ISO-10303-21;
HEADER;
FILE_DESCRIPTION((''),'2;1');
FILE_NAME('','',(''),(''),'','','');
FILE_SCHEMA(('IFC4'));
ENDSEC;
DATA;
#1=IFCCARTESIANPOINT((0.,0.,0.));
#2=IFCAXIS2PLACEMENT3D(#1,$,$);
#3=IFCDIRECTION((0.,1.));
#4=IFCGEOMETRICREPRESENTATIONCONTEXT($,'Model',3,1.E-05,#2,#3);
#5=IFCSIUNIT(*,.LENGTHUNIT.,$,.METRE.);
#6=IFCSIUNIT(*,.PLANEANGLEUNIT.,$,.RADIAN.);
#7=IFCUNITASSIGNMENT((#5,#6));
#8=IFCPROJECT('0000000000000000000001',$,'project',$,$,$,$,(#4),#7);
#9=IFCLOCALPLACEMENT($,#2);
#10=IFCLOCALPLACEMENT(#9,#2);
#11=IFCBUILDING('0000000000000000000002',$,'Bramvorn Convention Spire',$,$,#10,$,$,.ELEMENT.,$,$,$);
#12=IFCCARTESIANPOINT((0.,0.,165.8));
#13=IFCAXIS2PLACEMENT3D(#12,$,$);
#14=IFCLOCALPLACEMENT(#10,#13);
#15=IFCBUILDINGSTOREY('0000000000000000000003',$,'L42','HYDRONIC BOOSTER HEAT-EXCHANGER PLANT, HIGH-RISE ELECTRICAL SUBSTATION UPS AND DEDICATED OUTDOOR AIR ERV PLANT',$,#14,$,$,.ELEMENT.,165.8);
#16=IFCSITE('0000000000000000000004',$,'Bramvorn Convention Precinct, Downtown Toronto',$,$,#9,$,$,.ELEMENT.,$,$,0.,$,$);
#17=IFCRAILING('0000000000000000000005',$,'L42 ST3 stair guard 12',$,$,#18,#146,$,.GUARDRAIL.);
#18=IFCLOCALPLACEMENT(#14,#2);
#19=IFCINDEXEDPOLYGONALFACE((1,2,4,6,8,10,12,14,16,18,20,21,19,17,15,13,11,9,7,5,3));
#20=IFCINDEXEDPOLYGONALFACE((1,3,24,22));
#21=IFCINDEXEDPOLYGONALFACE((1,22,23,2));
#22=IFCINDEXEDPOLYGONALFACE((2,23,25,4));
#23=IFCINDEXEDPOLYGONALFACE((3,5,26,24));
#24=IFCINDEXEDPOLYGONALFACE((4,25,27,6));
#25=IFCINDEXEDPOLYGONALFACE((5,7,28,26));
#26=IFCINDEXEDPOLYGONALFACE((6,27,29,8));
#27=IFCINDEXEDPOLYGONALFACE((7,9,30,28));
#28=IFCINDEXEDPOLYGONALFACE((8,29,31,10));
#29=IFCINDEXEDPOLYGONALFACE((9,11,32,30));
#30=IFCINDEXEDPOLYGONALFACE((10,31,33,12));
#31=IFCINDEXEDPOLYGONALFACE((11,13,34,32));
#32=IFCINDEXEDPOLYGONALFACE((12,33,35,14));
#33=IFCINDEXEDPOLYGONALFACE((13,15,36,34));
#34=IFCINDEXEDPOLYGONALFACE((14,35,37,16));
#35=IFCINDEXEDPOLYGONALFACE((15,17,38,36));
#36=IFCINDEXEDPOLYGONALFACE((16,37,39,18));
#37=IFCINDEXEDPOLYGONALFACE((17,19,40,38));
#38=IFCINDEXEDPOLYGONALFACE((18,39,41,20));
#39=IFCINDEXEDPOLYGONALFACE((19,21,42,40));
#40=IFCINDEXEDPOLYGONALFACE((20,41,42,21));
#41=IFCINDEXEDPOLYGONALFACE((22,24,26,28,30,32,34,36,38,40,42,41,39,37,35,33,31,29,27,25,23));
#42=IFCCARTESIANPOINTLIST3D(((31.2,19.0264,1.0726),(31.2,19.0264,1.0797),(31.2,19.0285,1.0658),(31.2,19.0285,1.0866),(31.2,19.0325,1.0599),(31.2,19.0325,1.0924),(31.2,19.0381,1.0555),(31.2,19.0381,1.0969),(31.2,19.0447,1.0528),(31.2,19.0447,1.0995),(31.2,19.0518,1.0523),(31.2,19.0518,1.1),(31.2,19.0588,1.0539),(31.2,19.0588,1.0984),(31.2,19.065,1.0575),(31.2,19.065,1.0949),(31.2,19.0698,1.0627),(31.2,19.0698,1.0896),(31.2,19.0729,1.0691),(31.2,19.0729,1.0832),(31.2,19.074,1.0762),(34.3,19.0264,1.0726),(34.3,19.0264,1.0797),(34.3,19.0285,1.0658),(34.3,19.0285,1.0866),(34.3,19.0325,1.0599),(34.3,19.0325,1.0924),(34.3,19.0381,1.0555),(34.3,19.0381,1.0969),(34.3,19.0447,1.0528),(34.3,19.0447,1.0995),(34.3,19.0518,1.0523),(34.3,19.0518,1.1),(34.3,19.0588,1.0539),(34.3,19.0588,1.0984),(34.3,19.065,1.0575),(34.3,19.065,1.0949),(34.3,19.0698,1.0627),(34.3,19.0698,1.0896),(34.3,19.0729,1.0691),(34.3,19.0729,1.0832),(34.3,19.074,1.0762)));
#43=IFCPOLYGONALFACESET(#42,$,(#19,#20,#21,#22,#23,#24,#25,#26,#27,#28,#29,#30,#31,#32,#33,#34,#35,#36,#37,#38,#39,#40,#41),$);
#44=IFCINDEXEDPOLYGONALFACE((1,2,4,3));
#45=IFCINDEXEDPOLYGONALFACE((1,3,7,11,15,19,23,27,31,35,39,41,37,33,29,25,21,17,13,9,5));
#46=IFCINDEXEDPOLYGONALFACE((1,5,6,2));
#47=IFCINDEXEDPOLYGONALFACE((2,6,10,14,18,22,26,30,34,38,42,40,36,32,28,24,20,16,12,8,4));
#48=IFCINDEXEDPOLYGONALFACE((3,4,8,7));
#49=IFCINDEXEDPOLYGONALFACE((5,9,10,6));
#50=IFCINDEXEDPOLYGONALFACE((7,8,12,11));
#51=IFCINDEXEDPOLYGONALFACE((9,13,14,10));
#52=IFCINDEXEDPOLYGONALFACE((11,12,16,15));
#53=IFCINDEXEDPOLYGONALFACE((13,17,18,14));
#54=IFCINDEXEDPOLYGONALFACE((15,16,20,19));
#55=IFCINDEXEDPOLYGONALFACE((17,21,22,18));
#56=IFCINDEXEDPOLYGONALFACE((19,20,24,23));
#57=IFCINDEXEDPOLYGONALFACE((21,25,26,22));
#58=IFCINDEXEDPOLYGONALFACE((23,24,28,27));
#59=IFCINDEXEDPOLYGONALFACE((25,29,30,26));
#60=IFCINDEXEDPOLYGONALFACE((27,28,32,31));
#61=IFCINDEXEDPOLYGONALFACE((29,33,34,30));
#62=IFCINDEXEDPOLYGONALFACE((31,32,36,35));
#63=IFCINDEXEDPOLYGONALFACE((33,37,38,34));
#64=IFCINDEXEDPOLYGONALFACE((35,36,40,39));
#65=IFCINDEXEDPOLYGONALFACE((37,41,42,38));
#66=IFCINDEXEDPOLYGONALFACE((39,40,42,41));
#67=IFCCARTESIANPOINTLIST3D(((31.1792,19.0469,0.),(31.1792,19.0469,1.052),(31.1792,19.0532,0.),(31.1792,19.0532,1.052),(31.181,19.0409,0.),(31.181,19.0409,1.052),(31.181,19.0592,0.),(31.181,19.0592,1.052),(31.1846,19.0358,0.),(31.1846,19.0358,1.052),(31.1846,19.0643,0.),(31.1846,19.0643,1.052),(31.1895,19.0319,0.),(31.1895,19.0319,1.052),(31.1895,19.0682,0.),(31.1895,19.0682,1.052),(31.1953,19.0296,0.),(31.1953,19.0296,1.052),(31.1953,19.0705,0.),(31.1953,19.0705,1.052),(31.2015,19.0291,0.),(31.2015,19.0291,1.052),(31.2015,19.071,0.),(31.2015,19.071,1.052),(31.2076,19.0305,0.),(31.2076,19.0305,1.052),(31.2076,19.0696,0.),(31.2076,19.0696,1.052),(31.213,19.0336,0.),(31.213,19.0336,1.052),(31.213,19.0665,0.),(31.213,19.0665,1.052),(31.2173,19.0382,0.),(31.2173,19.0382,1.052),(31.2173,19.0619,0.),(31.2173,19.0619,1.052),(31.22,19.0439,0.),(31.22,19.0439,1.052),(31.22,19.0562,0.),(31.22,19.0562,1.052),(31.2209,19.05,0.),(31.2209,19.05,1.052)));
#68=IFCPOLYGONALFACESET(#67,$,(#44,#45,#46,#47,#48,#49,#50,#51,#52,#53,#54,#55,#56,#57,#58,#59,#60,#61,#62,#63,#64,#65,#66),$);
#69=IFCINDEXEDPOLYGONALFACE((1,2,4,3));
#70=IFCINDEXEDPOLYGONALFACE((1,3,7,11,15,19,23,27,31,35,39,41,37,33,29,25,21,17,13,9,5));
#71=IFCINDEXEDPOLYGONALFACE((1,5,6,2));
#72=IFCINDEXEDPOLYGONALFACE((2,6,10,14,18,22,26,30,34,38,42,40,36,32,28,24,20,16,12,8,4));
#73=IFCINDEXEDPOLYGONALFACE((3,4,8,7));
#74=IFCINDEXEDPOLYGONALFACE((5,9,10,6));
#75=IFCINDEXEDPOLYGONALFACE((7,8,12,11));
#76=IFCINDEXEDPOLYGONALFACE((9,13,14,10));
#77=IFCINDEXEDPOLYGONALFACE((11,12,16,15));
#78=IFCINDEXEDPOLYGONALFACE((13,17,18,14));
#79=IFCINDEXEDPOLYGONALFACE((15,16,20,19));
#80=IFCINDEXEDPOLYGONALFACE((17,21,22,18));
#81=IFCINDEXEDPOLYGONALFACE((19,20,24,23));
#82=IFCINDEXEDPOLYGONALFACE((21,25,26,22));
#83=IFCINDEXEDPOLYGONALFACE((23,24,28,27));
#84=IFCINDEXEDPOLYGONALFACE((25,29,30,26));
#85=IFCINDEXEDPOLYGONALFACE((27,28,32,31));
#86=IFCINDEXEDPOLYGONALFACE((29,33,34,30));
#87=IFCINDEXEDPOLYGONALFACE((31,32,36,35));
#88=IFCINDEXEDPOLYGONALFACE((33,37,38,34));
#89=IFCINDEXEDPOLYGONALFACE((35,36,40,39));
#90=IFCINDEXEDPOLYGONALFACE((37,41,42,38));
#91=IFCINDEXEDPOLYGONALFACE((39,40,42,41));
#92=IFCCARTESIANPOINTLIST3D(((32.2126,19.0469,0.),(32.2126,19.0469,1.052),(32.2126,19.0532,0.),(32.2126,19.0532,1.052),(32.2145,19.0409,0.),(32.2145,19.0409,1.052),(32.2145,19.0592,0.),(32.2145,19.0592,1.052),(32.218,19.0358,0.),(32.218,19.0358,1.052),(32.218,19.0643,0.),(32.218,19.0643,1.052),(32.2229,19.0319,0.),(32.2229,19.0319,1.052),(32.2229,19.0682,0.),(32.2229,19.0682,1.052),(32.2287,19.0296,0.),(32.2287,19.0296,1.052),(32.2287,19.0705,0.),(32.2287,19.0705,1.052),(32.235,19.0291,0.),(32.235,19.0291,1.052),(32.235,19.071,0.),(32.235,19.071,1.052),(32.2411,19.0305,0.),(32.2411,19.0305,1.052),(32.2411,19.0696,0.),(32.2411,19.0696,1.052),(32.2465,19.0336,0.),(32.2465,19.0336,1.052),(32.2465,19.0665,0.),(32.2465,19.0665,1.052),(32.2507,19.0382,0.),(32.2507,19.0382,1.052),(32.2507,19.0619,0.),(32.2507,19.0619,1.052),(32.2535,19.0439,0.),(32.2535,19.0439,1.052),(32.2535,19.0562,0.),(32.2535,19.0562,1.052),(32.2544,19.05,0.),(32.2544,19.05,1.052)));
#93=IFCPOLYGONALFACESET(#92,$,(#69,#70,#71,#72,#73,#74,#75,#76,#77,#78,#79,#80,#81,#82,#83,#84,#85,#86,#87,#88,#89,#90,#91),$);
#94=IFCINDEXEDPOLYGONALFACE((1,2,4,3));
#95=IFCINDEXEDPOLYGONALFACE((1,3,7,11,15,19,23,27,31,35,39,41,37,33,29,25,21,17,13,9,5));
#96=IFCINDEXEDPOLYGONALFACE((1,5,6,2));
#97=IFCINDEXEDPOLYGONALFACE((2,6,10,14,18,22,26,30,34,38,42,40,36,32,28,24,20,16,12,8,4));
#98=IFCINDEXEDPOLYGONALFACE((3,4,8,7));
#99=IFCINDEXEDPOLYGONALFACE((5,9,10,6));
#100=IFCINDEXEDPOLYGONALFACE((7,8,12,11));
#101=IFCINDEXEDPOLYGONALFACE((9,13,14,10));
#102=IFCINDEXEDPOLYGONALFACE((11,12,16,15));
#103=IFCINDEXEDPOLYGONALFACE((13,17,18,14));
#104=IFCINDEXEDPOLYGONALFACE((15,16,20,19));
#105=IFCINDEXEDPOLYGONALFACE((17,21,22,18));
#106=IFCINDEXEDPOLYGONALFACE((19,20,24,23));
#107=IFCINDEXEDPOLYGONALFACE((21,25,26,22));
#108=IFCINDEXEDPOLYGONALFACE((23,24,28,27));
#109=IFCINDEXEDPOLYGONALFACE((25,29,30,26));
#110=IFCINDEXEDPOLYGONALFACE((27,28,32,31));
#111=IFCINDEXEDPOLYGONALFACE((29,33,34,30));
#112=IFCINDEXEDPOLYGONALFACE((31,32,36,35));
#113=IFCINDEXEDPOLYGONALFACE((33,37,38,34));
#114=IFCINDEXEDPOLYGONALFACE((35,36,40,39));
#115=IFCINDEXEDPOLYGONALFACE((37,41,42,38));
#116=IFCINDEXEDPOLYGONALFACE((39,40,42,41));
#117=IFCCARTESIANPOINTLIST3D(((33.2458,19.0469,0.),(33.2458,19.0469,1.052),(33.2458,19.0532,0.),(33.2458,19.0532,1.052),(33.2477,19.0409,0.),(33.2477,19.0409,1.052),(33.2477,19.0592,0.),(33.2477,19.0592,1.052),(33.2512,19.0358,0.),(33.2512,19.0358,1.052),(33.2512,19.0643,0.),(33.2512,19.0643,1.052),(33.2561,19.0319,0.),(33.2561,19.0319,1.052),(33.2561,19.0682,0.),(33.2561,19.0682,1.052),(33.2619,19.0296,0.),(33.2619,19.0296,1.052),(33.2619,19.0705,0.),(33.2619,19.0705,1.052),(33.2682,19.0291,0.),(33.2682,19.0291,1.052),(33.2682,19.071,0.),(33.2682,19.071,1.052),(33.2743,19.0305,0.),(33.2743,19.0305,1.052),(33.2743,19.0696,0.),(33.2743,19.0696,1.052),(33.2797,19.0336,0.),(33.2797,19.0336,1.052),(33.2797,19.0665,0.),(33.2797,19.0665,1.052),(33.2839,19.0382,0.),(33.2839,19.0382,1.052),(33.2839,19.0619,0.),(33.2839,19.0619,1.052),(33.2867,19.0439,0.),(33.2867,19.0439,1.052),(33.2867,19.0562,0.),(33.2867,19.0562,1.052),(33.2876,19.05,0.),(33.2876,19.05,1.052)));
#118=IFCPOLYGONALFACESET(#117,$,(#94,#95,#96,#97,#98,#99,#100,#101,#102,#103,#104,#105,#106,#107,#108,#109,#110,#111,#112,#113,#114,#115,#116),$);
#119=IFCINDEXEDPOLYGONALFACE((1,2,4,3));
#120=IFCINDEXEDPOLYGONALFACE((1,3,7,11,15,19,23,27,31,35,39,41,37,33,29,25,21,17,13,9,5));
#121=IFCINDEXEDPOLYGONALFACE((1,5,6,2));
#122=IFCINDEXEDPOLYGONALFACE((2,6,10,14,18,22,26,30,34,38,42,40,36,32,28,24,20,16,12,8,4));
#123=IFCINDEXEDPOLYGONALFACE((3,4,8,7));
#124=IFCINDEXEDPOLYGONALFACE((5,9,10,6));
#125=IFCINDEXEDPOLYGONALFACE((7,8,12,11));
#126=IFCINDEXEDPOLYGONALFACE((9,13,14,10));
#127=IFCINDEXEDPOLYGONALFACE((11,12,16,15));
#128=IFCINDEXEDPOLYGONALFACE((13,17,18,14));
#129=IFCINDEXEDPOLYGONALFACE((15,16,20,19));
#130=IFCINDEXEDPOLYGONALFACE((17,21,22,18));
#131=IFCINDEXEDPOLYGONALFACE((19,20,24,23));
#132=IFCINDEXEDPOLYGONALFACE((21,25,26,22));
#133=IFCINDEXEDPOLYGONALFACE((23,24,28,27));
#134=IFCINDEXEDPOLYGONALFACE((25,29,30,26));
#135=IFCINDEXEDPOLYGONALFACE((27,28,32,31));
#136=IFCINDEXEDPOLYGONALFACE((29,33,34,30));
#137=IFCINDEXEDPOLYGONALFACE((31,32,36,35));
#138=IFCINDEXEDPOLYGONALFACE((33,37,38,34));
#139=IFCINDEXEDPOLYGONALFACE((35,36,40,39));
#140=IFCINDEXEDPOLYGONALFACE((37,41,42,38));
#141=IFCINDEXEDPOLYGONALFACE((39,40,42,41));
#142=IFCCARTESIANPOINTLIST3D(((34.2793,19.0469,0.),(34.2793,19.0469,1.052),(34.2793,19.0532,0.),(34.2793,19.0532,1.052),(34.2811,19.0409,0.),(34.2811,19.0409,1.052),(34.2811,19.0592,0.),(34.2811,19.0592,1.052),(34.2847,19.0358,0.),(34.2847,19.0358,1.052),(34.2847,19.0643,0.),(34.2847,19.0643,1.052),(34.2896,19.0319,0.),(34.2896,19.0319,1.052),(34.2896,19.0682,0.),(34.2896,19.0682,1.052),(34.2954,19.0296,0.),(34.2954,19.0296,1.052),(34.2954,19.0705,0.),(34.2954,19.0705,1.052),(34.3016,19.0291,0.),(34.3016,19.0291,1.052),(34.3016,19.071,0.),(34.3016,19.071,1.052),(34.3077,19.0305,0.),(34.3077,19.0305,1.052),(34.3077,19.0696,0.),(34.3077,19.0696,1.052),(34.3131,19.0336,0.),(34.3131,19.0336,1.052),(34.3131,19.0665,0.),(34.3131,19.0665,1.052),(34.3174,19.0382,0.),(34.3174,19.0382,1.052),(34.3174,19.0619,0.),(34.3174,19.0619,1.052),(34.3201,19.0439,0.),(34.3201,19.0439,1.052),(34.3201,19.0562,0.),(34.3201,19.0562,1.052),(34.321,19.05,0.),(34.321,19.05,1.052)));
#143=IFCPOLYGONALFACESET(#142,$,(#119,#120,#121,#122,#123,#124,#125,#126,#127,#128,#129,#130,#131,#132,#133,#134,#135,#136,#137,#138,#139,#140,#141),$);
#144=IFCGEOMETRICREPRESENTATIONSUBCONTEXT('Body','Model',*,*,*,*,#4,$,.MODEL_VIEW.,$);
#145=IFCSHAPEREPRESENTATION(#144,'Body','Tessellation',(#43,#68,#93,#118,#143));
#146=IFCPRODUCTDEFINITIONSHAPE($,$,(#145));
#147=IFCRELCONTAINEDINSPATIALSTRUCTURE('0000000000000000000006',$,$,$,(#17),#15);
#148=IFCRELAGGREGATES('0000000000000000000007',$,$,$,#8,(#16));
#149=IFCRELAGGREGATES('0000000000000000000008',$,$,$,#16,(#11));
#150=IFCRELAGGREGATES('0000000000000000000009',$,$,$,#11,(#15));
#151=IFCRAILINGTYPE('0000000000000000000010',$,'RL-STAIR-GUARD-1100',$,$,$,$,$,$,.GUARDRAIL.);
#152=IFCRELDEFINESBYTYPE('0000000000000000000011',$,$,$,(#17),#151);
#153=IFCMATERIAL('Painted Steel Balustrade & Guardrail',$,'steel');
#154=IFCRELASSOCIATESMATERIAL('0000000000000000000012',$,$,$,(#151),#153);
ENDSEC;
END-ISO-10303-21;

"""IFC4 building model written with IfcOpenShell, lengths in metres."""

from ifc_helpers import new_model, si_unit, direction, frame, origin, origin_2d, place, context, subcontext, project, spatial, circle, extrude, material, type_object, element, save


model = new_model("IFC4")

# Units and contexts
model_context = context("Model", 3, precision=1e-05, world=origin(), true_north=direction((0.0, 1.0)))
body_context = subcontext(model_context, "Body", "Model", "MODEL_VIEW")
ifc_project = project(units=[si_unit("LENGTHUNIT", "METRE"), si_unit("PLANEANGLEUNIT", "RADIAN")], contexts=[model_context])

# Site, building, storey
site_placement = place(None, origin())
site = spatial("IfcSite", under=ifc_project, at=site_placement, Name="Bramvorn Convention Precinct, Downtown Toronto", CompositionType="ELEMENT", RefElevation=0.0)
building_placement = place(site_placement, origin())
building = spatial("IfcBuilding", under=site, at=building_placement, Name="Bramvorn Convention Spire", CompositionType="ELEMENT")
storey_placement = place(building_placement, frame((0.0, 0.0, 165.8)))
storey = spatial("IfcBuildingStorey", under=building, at=storey_placement, Name="L42", Description="HYDRONIC BOOSTER HEAT-EXCHANGER PLANT, HIGH-RISE ELECTRICAL SUBSTATION UPS AND DEDICATED OUTDOOR AIR ERV PLANT", CompositionType="ELEMENT", Elevation=165.8)

# Railing
ifc_material_1 = material(Name="Painted Steel Balustrade & Guardrail", Category="steel")
railing_type = type_object("IfcRailingType", Name="RL-STAIR-GUARD-1100", PredefinedType="GUARDRAIL", material=ifc_material_1)
railing_1_placement = place(storey_placement, frame((31.2, 19.05, 0.0)))
element("IfcRailing", 1, at=railing_1_placement, inside=storey, type_object=railing_type, Name="L42 ST3 stair guard 12", PredefinedType="GUARDRAIL", context=body_context, shape_type="SweptSolid", body=[
    extrude(circle(Radius=0.0239, at=origin_2d()), frame((0.0, 0.0, 1.0762), z_axis=(1.0, 0.0, 0.0), x_axis=(0.0, 1.0, 0.0)), (0.0, 0.0, 1.0), 3.1001),
    extrude(circle(Radius=0.021, at=origin_2d()), origin(), (0.0, 0.0, 1.0), 1.052),
    extrude(circle(Radius=0.021, at=origin_2d()), frame((1.0334, 0.0, 0.0)), (0.0, 0.0, 1.0), 1.052),
    extrude(circle(Radius=0.021, at=origin_2d()), frame((2.0667, 0.0, 0.0)), (0.0, 0.0, 1.0), 1.052),
    extrude(circle(Radius=0.021, at=origin_2d()), frame((3.1001, 0.0, 0.0)), (0.0, 0.0, 1.0), 1.052),
])

save(model, "model.ifc")
